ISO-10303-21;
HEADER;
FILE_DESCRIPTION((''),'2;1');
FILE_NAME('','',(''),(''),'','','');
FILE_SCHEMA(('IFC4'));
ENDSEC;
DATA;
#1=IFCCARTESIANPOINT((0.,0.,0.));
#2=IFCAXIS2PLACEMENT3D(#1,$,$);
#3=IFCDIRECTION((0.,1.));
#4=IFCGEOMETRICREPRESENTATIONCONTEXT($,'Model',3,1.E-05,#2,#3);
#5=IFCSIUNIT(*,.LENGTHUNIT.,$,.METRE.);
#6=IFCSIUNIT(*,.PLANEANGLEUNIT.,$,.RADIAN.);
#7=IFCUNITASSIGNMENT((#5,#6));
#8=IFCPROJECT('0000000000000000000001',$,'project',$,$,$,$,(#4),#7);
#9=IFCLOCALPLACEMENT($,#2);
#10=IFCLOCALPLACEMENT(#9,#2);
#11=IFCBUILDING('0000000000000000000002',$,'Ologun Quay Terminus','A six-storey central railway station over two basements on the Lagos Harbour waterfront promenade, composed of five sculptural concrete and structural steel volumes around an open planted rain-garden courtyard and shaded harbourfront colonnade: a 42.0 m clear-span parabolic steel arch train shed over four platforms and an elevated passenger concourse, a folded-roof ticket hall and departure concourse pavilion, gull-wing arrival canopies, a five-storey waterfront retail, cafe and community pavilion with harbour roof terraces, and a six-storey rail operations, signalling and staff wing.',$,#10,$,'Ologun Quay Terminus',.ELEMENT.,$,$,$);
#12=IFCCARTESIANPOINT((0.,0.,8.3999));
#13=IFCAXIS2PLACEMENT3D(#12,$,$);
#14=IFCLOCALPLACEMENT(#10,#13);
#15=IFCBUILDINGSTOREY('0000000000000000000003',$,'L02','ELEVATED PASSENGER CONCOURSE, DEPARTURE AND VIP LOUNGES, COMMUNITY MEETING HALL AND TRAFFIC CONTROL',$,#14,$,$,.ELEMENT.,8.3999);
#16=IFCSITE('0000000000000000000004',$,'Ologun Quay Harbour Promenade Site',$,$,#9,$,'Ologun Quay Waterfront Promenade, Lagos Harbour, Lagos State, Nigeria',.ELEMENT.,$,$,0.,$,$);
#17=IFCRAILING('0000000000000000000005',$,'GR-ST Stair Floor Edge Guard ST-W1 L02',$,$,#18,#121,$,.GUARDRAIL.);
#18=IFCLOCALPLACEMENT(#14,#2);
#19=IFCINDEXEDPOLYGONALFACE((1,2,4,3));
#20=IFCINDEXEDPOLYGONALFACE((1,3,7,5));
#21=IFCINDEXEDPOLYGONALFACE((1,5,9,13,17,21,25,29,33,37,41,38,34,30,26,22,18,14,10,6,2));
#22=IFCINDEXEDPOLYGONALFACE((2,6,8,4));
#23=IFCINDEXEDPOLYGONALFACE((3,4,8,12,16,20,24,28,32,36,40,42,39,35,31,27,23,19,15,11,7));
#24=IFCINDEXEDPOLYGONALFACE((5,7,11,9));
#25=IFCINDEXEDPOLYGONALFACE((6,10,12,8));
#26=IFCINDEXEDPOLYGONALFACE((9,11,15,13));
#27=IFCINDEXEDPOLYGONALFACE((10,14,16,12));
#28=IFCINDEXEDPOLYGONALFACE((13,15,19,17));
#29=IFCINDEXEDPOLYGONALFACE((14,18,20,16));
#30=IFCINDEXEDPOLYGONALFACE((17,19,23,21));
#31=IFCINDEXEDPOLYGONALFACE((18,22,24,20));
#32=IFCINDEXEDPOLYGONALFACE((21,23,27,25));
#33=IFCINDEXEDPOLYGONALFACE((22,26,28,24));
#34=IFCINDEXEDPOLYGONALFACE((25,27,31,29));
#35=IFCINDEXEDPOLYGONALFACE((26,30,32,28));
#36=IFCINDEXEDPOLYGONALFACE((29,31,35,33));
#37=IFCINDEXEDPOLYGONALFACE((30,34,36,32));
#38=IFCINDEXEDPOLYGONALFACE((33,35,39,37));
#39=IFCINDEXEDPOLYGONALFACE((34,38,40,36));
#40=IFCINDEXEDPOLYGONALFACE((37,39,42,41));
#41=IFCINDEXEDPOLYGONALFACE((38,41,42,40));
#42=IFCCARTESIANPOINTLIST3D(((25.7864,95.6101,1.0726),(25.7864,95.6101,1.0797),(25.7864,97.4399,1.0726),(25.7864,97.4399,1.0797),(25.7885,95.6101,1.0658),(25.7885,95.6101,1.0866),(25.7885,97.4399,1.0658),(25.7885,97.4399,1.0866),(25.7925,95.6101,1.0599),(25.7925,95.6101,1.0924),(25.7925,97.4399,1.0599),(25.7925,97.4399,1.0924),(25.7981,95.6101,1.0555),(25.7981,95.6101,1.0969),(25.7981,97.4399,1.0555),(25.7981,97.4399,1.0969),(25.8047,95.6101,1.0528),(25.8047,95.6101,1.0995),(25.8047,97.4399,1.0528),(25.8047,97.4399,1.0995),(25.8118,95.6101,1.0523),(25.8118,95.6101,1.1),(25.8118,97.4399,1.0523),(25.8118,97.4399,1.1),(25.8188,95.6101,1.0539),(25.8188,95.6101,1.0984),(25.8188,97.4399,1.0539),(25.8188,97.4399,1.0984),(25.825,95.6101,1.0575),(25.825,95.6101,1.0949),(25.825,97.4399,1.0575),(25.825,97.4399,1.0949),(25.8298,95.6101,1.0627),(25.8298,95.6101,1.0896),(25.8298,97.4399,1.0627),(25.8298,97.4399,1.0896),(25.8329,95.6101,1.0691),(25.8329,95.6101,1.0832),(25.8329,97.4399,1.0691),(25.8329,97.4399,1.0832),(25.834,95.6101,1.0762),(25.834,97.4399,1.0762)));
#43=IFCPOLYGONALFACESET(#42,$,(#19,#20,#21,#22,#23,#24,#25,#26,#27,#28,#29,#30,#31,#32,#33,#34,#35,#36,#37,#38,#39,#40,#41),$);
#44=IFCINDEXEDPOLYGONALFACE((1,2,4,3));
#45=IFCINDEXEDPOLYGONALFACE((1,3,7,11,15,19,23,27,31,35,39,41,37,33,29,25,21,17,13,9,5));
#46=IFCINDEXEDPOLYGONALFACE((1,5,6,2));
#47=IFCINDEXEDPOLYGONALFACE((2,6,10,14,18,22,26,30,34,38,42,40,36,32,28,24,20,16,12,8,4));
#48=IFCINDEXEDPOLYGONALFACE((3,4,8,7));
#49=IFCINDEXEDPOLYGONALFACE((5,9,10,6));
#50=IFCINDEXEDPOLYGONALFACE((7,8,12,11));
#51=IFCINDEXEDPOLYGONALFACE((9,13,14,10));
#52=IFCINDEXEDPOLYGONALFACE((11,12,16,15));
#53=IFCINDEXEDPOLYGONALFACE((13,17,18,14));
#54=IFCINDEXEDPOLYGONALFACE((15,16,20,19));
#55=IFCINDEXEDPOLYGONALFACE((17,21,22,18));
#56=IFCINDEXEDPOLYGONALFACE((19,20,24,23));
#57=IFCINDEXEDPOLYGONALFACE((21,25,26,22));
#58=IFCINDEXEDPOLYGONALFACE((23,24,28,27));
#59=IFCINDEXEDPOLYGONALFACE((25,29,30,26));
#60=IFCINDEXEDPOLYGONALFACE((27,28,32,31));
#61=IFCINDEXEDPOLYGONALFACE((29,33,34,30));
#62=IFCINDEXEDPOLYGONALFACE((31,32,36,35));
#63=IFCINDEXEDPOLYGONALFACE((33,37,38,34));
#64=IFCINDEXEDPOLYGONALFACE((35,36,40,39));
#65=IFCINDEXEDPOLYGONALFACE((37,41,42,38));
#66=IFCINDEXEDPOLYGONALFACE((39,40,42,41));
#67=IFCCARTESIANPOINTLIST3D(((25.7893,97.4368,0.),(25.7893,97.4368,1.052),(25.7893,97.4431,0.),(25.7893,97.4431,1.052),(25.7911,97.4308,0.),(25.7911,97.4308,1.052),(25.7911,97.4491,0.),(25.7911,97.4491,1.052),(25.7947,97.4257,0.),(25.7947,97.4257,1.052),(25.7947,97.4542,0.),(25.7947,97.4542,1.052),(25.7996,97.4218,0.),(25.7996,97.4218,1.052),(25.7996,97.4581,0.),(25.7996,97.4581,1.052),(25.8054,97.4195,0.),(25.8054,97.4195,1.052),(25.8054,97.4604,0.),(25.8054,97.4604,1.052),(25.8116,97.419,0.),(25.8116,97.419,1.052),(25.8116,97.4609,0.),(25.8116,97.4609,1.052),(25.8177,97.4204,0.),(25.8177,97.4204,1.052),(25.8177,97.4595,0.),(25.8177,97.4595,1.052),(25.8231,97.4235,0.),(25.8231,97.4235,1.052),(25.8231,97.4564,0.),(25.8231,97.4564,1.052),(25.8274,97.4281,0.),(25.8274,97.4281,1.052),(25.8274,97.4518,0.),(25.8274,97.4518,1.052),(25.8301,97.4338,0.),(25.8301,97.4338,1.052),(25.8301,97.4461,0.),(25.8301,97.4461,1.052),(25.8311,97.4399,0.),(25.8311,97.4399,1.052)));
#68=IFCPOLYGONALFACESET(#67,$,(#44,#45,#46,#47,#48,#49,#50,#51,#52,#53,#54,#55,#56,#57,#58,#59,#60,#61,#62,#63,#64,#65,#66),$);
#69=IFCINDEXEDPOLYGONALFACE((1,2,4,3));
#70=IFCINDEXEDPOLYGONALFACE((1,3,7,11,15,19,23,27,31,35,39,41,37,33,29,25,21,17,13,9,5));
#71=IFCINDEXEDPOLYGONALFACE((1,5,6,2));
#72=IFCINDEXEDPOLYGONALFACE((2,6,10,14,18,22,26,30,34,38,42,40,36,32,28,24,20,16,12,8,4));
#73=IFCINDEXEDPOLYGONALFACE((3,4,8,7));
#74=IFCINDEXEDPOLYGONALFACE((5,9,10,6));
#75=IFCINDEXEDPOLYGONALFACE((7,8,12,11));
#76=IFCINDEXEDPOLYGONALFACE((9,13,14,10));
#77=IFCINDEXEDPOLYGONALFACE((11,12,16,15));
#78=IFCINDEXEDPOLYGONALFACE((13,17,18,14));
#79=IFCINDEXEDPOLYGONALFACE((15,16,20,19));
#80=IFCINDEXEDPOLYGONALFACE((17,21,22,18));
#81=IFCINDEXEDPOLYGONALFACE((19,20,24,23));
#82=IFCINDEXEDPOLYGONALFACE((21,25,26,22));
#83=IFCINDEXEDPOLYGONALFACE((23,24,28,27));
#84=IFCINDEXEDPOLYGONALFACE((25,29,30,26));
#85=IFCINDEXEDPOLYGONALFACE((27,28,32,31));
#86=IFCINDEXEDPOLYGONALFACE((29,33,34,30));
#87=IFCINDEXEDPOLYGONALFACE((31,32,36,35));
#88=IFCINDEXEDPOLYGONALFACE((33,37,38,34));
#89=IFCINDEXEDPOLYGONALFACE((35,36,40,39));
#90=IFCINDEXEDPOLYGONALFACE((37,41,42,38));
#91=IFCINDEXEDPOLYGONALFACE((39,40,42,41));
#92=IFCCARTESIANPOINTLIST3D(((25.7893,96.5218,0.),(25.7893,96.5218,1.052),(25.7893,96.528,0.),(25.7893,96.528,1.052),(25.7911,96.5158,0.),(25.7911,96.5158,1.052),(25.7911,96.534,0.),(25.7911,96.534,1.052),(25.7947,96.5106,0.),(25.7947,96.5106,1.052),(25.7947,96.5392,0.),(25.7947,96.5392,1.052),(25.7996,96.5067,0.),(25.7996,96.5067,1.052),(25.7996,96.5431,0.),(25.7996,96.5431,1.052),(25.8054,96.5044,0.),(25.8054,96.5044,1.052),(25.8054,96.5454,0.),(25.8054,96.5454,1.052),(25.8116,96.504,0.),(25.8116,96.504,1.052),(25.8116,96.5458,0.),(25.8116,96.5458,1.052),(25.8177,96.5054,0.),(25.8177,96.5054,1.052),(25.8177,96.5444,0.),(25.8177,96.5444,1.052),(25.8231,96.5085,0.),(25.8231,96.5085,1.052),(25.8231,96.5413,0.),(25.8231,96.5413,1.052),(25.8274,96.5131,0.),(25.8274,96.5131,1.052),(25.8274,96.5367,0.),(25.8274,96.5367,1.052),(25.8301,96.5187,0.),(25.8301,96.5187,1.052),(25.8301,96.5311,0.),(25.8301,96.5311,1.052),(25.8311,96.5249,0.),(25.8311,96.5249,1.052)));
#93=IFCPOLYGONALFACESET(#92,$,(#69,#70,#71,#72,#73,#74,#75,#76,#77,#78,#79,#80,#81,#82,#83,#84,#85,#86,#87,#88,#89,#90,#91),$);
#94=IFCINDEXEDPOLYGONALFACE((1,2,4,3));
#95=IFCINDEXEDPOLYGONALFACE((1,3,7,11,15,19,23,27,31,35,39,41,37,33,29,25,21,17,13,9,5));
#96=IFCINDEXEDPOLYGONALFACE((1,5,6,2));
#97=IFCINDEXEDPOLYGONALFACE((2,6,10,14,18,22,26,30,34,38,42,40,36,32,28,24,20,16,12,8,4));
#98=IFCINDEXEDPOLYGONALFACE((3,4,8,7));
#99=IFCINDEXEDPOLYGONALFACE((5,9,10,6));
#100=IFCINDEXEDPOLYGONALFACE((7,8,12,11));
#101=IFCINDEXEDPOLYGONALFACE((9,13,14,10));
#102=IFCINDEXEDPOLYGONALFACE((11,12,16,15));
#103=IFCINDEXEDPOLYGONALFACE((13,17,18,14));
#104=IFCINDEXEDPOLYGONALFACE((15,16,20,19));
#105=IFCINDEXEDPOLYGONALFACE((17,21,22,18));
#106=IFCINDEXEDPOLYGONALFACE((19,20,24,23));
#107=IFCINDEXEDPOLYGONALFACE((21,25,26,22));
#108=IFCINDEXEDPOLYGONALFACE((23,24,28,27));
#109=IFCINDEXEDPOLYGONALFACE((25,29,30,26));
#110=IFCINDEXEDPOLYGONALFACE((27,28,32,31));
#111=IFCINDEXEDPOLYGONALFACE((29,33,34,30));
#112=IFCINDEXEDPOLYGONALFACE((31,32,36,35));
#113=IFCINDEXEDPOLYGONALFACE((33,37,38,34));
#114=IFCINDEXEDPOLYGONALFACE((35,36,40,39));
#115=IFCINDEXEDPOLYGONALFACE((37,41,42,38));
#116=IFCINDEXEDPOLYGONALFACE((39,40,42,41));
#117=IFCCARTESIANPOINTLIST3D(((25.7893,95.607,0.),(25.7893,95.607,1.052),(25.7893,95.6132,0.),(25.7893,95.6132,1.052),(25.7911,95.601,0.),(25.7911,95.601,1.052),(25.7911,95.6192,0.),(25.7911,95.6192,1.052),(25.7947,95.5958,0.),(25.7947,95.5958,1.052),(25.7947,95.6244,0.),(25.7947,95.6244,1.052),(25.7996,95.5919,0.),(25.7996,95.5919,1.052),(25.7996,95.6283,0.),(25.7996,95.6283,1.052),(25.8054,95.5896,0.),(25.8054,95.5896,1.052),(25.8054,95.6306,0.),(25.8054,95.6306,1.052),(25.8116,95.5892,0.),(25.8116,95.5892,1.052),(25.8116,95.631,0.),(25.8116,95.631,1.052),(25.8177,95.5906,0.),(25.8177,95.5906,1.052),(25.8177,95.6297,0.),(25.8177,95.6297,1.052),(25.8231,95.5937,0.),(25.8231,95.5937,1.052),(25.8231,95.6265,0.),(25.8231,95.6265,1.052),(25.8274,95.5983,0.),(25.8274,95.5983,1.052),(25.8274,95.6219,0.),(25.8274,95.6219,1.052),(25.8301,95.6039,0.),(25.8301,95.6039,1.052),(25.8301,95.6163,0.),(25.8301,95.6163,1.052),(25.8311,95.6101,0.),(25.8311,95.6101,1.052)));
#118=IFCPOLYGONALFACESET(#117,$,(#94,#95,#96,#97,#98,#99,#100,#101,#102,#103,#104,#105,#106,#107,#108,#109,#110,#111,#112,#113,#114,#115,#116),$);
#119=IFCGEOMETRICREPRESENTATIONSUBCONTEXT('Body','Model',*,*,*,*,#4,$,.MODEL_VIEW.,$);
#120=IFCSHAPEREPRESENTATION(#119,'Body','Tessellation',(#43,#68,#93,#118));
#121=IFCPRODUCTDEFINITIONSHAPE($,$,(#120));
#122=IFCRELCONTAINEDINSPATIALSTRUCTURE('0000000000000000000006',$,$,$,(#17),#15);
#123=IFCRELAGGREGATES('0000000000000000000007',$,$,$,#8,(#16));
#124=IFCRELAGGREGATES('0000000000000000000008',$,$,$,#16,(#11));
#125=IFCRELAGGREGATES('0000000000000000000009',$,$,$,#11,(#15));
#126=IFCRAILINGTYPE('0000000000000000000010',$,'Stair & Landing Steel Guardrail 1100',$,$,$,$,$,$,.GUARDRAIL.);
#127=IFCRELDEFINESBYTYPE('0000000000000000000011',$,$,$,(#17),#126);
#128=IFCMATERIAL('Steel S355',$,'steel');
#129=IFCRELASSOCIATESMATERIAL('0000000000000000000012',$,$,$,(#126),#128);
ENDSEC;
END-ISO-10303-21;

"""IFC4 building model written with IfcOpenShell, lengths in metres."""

from ifc_helpers import new_model, si_unit, direction, frame, origin, origin_2d, place, context, subcontext, project, spatial, circle, extrude, material, type_object, element, save


model = new_model("IFC4")

# Units and contexts
model_context = context("Model", 3, precision=1e-05, world=origin(), true_north=direction((0.0, 1.0)))
body_context = subcontext(model_context, "Body", "Model", "MODEL_VIEW")
ifc_project = project(units=[si_unit("LENGTHUNIT", "METRE"), si_unit("PLANEANGLEUNIT", "RADIAN")], contexts=[model_context])

# Site, building, storey
site_placement = place(None, origin())
site = spatial("IfcSite", under=ifc_project, at=site_placement, Name="Ologun Quay Harbour Promenade Site", LongName="Ologun Quay Waterfront Promenade, Lagos Harbour, Lagos State, Nigeria", CompositionType="ELEMENT", RefElevation=0.0)
building_placement = place(site_placement, origin())
building = spatial("IfcBuilding", under=site, at=building_placement, Name="Ologun Quay Terminus", Description="A six-storey central railway station over two basements on the Lagos Harbour waterfront promenade, composed of five sculptural concrete and structural steel volumes around an open planted rain-garden courtyard and shaded harbourfront colonnade: a 42.0 m clear-span parabolic steel arch train shed over four platforms and an elevated passenger concourse, a folded-roof ticket hall and departure concourse pavilion, gull-wing arrival canopies, a five-storey waterfront retail, cafe and community pavilion with harbour roof terraces, and a six-storey rail operations, signalling and staff wing.", LongName="Ologun Quay Terminus", CompositionType="ELEMENT")
storey_placement = place(building_placement, frame((0.0, 0.0, 8.3999)))
storey = spatial("IfcBuildingStorey", under=building, at=storey_placement, Name="L02", Description="ELEVATED PASSENGER CONCOURSE, DEPARTURE AND VIP LOUNGES, COMMUNITY MEETING HALL AND TRAFFIC CONTROL", CompositionType="ELEMENT", Elevation=8.3999)

# Railing
ifc_material_1 = material(Name="Steel S355", Category="steel")
railing_type_1 = type_object("IfcRailingType", Name="Stair & Landing Steel Guardrail 1100", PredefinedType="GUARDRAIL", material=ifc_material_1)
railing_1_placement = place(storey_placement, frame((25.8101, 97.4399, 0.0)))
element("IfcRailing", 1, at=railing_1_placement, inside=storey, type_object=railing_type_1, Name="GR-ST Stair Floor Edge Guard ST-W1 L02", PredefinedType="GUARDRAIL", context=body_context, shape_type="SweptSolid", body=[
    extrude(circle(Radius=0.0239, at=origin_2d()), frame((0.0, 0.0, 1.0762), z_axis=(0.0, -1.0, 0.0), x_axis=(1.0, 0.0, 0.0)), (0.0, 0.0, 1.0), 1.8298),
    extrude(circle(Radius=0.021, at=origin_2d()), origin(), (0.0, 0.0, 1.0), 1.052),
    extrude(circle(Radius=0.021, at=origin_2d()), frame((0.0, -0.915, 0.0)), (0.0, 0.0, 1.0), 1.052),
    extrude(circle(Radius=0.021, at=origin_2d()), frame((0.0, -1.8298, 0.0)), (0.0, 0.0, 1.0), 1.052),
])

save(model, "model.ifc")
